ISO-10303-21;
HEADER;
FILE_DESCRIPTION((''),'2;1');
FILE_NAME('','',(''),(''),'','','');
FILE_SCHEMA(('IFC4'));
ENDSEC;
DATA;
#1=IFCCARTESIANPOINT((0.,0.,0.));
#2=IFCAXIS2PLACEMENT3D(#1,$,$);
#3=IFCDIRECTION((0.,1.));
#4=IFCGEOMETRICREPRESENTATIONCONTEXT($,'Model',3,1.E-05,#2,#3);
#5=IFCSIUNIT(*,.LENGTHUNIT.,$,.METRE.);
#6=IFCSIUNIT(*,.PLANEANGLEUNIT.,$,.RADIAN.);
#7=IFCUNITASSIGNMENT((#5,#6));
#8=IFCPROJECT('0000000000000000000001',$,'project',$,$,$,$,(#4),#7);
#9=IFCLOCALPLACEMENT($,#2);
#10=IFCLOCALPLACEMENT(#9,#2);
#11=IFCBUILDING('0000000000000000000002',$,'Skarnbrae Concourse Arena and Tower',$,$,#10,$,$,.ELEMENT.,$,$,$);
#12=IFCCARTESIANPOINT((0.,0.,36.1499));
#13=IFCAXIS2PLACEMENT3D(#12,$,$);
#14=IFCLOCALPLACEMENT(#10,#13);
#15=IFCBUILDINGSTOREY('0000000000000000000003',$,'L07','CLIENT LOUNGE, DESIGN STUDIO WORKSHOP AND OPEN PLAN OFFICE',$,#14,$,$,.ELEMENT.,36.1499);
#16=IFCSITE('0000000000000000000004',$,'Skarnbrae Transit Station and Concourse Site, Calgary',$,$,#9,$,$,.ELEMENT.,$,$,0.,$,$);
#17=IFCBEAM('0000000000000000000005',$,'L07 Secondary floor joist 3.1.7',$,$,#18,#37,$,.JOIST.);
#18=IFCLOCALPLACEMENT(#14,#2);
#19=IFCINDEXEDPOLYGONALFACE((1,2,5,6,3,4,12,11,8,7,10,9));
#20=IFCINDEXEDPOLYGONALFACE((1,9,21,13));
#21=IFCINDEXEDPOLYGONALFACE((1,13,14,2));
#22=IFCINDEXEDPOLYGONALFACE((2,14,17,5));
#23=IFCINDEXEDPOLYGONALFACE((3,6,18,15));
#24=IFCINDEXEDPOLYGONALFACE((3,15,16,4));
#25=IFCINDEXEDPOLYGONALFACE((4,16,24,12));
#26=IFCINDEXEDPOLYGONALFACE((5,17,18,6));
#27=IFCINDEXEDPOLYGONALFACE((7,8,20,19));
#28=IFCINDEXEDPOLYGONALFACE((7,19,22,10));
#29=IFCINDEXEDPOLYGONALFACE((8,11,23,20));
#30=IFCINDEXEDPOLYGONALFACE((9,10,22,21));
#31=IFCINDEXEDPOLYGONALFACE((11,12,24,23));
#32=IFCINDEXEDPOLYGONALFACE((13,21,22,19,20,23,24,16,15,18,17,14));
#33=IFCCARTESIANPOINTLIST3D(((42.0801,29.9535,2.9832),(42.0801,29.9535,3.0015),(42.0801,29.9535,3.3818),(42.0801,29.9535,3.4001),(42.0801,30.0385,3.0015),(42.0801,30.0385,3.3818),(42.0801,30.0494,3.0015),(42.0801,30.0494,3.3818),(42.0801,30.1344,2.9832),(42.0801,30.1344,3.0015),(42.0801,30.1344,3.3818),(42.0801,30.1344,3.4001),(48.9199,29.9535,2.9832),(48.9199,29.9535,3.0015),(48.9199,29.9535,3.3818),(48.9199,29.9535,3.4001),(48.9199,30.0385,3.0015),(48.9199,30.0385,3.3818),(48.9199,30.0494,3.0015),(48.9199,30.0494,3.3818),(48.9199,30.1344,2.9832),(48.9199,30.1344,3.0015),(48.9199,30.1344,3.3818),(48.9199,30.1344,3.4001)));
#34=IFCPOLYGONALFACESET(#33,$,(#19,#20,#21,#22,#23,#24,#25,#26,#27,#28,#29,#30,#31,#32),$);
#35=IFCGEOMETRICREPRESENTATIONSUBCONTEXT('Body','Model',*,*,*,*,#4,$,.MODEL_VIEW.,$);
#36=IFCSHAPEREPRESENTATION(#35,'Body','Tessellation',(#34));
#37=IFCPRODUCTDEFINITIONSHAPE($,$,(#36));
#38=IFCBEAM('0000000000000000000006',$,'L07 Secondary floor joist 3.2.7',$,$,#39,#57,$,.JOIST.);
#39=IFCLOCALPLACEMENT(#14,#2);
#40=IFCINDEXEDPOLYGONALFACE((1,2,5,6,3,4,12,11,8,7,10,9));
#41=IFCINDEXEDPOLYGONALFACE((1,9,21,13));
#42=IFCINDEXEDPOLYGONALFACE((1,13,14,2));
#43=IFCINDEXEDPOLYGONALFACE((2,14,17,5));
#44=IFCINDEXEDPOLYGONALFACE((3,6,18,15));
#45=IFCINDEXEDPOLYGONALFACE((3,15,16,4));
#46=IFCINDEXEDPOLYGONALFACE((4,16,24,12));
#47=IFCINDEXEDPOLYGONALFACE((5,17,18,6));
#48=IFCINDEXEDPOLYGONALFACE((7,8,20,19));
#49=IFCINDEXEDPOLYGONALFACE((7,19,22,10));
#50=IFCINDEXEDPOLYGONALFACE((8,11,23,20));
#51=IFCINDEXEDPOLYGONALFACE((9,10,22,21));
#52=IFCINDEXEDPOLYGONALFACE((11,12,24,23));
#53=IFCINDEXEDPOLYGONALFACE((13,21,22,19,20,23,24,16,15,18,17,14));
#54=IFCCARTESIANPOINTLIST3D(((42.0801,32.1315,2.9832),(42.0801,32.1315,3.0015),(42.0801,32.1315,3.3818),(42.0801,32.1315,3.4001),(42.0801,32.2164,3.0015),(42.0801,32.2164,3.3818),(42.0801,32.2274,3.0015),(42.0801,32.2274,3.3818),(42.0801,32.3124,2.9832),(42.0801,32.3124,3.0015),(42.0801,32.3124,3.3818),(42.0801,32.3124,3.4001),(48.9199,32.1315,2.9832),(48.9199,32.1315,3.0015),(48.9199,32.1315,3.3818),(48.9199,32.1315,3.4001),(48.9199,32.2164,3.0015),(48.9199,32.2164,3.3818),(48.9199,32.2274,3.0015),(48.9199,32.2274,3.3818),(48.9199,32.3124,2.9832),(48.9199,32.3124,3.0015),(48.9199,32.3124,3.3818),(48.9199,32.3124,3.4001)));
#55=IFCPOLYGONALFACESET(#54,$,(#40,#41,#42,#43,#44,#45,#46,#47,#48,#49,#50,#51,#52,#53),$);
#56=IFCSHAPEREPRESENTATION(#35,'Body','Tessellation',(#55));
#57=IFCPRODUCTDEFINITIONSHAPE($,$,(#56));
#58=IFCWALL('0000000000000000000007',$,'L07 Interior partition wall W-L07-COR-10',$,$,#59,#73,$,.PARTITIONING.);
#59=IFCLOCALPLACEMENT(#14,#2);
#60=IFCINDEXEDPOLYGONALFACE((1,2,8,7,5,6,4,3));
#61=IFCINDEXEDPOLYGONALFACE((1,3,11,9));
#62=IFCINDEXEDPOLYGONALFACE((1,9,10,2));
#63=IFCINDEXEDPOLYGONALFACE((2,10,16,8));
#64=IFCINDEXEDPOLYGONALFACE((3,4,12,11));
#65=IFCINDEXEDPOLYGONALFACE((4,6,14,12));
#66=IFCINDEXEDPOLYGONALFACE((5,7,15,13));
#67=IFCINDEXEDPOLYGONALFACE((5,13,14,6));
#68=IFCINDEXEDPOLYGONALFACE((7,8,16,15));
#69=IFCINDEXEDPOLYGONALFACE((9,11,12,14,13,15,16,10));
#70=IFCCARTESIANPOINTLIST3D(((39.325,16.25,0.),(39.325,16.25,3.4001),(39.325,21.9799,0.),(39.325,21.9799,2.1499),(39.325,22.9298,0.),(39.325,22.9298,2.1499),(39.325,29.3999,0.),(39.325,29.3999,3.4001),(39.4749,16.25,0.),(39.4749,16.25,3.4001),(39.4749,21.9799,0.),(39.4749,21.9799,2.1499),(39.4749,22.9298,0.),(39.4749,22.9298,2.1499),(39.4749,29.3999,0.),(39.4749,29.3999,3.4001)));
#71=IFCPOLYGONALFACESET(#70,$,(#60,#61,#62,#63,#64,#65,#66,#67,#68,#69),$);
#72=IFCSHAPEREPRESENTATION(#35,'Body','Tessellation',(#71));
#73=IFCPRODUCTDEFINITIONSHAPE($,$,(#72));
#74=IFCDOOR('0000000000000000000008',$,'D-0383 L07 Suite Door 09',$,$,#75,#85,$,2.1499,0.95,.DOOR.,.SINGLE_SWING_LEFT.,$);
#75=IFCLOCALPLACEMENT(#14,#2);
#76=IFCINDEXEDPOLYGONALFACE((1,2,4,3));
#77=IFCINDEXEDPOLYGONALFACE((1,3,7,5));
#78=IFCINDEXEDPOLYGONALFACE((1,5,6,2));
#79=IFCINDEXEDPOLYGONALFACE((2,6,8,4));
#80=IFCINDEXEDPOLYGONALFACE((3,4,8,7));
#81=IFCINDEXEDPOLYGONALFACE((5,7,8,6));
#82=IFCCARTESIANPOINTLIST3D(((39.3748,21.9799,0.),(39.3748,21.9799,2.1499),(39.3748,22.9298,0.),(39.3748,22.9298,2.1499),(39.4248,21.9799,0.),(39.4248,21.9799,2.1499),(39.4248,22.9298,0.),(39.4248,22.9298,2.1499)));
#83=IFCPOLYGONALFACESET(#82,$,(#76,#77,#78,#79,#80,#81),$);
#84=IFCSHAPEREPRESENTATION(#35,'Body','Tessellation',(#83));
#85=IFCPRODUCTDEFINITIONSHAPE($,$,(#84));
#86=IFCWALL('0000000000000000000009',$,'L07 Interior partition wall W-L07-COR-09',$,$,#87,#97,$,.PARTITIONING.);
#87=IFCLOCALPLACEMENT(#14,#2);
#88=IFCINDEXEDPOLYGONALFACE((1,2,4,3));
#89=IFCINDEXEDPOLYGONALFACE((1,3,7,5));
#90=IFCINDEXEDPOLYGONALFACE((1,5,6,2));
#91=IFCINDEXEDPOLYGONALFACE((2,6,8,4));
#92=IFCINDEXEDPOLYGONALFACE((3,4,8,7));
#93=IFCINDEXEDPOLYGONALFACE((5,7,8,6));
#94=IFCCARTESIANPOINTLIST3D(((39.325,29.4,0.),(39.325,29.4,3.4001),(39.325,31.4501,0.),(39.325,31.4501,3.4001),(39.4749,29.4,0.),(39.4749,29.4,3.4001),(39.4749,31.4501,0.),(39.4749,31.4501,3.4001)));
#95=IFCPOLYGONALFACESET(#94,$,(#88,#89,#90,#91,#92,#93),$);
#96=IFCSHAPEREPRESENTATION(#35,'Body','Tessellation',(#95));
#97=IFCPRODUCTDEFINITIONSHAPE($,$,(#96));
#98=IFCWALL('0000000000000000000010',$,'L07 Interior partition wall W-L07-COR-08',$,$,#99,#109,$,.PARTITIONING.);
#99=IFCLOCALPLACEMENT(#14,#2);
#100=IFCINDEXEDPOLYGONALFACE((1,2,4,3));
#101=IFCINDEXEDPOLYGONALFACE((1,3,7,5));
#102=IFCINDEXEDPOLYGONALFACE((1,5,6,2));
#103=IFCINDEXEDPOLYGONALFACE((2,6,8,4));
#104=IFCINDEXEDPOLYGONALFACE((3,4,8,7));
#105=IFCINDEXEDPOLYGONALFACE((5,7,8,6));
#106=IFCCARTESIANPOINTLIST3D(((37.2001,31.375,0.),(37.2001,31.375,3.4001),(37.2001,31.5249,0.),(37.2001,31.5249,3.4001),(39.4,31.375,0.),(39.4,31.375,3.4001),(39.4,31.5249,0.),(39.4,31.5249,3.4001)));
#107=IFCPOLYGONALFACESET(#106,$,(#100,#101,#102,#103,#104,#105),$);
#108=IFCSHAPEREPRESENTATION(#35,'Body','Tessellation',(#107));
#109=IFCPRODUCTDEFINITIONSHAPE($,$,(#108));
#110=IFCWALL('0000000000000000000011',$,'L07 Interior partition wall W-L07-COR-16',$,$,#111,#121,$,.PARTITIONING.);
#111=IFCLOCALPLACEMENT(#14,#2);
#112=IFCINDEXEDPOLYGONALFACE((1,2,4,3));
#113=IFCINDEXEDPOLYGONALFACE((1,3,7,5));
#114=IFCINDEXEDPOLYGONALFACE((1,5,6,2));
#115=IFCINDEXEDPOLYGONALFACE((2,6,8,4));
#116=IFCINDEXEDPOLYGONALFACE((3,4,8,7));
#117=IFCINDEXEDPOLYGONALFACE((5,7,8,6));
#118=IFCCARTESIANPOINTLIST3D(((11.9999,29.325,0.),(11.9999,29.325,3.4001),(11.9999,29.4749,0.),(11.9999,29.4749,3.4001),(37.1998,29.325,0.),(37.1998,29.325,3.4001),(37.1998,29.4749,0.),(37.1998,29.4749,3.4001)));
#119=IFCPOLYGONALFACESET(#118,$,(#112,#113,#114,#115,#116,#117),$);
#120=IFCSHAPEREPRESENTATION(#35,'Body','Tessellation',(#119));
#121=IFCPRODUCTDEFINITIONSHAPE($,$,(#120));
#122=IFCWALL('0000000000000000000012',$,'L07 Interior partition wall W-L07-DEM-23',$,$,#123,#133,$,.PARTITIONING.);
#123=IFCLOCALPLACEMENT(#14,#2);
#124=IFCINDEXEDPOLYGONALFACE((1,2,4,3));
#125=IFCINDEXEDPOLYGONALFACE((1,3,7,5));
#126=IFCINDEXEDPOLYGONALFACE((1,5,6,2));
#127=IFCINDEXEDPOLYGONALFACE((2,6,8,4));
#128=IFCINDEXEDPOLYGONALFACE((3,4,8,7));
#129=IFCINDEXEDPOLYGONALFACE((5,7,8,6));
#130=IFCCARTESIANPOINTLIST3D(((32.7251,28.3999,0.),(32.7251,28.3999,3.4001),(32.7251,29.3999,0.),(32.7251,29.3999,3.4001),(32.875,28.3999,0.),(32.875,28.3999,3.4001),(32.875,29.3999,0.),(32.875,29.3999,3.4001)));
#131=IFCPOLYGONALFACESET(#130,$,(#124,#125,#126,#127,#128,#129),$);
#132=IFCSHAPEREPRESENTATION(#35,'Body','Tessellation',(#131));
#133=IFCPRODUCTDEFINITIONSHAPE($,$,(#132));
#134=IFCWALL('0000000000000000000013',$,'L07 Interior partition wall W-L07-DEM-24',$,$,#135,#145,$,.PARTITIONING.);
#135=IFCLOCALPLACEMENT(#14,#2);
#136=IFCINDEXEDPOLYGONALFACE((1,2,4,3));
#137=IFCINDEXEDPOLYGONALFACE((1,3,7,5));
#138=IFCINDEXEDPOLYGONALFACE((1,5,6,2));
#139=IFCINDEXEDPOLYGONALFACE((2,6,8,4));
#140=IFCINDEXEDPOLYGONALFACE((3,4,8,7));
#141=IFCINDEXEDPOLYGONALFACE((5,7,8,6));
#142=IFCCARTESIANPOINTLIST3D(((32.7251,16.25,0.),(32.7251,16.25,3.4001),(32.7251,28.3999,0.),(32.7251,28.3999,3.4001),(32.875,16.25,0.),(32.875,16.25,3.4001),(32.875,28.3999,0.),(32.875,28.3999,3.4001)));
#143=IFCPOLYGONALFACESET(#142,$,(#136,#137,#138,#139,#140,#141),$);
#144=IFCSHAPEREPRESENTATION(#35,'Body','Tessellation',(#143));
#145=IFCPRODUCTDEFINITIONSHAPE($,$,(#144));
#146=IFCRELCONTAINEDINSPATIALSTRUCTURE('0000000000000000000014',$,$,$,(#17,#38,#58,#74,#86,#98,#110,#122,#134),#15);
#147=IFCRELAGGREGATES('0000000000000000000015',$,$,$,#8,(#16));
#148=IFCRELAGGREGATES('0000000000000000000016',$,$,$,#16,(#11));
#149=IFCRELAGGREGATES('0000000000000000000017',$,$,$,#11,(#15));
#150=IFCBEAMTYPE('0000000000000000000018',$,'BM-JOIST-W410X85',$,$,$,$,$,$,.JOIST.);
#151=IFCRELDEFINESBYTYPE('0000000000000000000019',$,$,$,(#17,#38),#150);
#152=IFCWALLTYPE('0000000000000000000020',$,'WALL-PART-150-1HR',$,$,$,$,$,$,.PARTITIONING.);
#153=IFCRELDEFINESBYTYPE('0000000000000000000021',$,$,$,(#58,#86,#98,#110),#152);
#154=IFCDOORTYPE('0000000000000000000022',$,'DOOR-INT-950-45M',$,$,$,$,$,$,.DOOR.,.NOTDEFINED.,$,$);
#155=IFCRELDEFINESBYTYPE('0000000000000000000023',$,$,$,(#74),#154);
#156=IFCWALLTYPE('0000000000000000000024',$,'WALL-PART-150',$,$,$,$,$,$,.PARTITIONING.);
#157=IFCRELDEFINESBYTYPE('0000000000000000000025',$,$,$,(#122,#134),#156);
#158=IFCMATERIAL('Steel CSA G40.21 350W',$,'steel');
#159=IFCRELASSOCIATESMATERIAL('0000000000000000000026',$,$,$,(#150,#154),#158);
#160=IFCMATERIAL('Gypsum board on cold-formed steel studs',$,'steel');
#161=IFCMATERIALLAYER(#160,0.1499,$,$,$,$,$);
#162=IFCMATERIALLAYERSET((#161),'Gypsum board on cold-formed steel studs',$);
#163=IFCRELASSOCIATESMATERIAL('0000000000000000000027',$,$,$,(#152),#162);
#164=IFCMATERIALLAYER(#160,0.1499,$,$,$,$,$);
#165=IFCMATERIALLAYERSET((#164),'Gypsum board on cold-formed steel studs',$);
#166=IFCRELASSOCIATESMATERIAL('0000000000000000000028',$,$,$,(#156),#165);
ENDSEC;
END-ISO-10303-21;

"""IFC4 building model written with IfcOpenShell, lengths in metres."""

from ifc_helpers import new_model, si_unit, direction, frame, frame_2d, origin, origin_2d, place, context, subcontext, project, spatial, rectangle, i_section, extrude, source, transform, mapped, material, layer, layer_set, material_profile, profile_set, type_object, element, fill, save


model = new_model("IFC4")

# Units and contexts
model_context = context("Model", 3, precision=1e-05, world=origin(), true_north=direction((0.0, 1.0)))
body_context = subcontext(model_context, "Body", "Model", "MODEL_VIEW")
ifc_project = project(units=[si_unit("LENGTHUNIT", "METRE"), si_unit("PLANEANGLEUNIT", "RADIAN")], contexts=[model_context])

# Site, building, storey
site_placement = place(None, origin())
site = spatial("IfcSite", under=ifc_project, at=site_placement, Name="Skarnbrae Transit Station and Concourse Site, Calgary", CompositionType="ELEMENT", RefElevation=0.0)
building_placement = place(site_placement, origin())
building = spatial("IfcBuilding", under=site, at=building_placement, Name="Skarnbrae Concourse Arena and Tower", CompositionType="ELEMENT")
storey_placement = place(building_placement, frame((0.0, 0.0, 36.1499)))
storey = spatial("IfcBuildingStorey", under=building, at=storey_placement, Name="L07", Description="CLIENT LOUNGE, DESIGN STUDIO WORKSHOP AND OPEN PLAN OFFICE", CompositionType="ELEMENT", Elevation=36.1499)

# Shared definitions
ifc_material_1 = material(Name="Steel CSA G40.21 350W", Category="steel")

# Beams
ifc_material_profile_1 = material_profile(ifc_material_1, i_section(OverallWidth=0.1809, OverallDepth=0.417, WebThickness=0.011, FlangeThickness=0.0183, at=origin_2d()), Name="W410X85")
ifc_profile_set_1 = profile_set([ifc_material_profile_1], Name="Steel CSA G40.21 350W")
beam_type_1 = type_object("IfcBeamType", Name="BM-JOIST-W410X85", PredefinedType="JOIST", material=ifc_profile_set_1)
shared_shape_1 = source(origin(), body_context, "Body", "SweptSolid", [
    extrude(i_section(OverallWidth=0.1809, OverallDepth=0.417, WebThickness=0.011, FlangeThickness=0.0183, at=origin_2d()), origin(), (0.0, 0.0, 1.0), 6.8398),
])
for number, where, z_axis, x_axis, name in (
    (1, (42.0801, 30.0439, 3.1917), (1.0, 0.0, 0.0), (0.0, 1.0, 0.0), "L07 Secondary floor joist 3.1.7"),
    (2, (42.0801, 32.2219, 3.1917), (1.0, 0.0, 0.0), (0.0, 1.0, 0.0), "L07 Secondary floor joist 3.2.7"),
):
    element("IfcBeam", number, at=place(storey_placement, frame(where, z_axis=z_axis, x_axis=x_axis)), inside=storey, type_object=beam_type_1, Name=name, PredefinedType="JOIST", context=body_context, shape_type="MappedRepresentation", body=[
        mapped(shared_shape_1, transform((0.0, 0.0, 0.0))),
    ])

# Wall, opening, door
ifc_material_2 = material(Name="Gypsum board on cold-formed steel studs", Category="steel")
ifc_layer_1 = layer(ifc_material_2, 0.1499)
ifc_layer_set_1 = layer_set([ifc_layer_1], Name="Gypsum board on cold-formed steel studs")
wall_type_1 = type_object("IfcWallType", Name="WALL-PART-150-1HR", PredefinedType="PARTITIONING", material=ifc_layer_set_1)
shared_shape_2 = source(origin(), body_context, "Body", "SweptSolid", [
    extrude(rectangle(XDim=13.1499, YDim=0.1499, at=frame_2d((6.575, 0.0))), origin(), (0.0, 0.0, 1.0), 3.4001),
])
wall_1_placement = place(storey_placement, frame((39.3999, 29.3999, 0.0), z_axis=(0.0, 0.0, 1.0), x_axis=(0.0, -1.0, 0.0)))
wall_1 = element("IfcWall", 3, at=wall_1_placement, inside=storey, type_object=wall_type_1, Name="L07 Interior partition wall W-L07-COR-10", PredefinedType="PARTITIONING", context=body_context, shape_type="MappedRepresentation", body=[
    mapped(shared_shape_2, transform((0.0, 0.0, 0.0))),
])
opening_placement = place(wall_1_placement, frame((6.47, 0.0, 0.0)))
opening = element("IfcOpeningElement", 4, at=opening_placement, cuts=wall_1, PredefinedType="OPENING", context=body_context, shape_type="SweptSolid", body=[
    extrude(rectangle(XDim=0.95, YDim=2.1499, at=frame_2d((0.4751, 1.075))), frame((0.0, 0.085, 0.0), z_axis=(0.0, -1.0, 0.0), x_axis=(1.0, 0.0, 0.0)), (0.0, 0.0, 1.0), 0.1699),
])
door_type = type_object("IfcDoorType", Name="DOOR-INT-950-45M", OperationType="NOTDEFINED", PredefinedType="DOOR", material=ifc_material_1)
shared_shape_3 = source(origin(), body_context, "Body", "SweptSolid", [
    extrude(rectangle(XDim=0.95, YDim=2.1499, at=frame_2d((0.4751, 1.075))), frame((0.0, 0.0249, 0.0), z_axis=(0.0, -1.0, 0.0), x_axis=(1.0, 0.0, 0.0)), (0.0, 0.0, 1.0), 0.05),
])
door_placement = place(opening_placement, origin())
door = element("IfcDoor", 5, at=door_placement, inside=storey, type_object=door_type, Name="D-0383 L07 Suite Door 09", OperationType="SINGLE_SWING_LEFT", OverallHeight=2.1499, OverallWidth=0.95, PredefinedType="DOOR", context=body_context, shape_type="MappedRepresentation", body=[
    mapped(shared_shape_3, transform((0.0, 0.0, 0.0))),
])
fill(opening, door)

# Walls
shared_shape_4 = source(origin(), body_context, "Body", "SweptSolid", [
    extrude(rectangle(XDim=2.05, YDim=0.1499, at=frame_2d((1.0249, 0.0))), origin(), (0.0, 0.0, 1.0), 3.4001),
])
wall_2_placement = place(storey_placement, frame((39.3999, 31.45, 0.0), z_axis=(0.0, 0.0, 1.0), x_axis=(0.0, -1.0, 0.0)))
element("IfcWall", 6, at=wall_2_placement, inside=storey, type_object=wall_type_1, Name="L07 Interior partition wall W-L07-COR-09", PredefinedType="PARTITIONING", context=body_context, shape_type="MappedRepresentation", body=[
    mapped(shared_shape_4, transform((0.0, 0.0, 0.0))),
])
shared_shape_5 = source(origin(), body_context, "Body", "SweptSolid", [
    extrude(rectangle(XDim=2.2, YDim=0.1499, at=frame_2d((1.1001, 0.0))), origin(), (0.0, 0.0, 1.0), 3.4001),
])
wall_3_placement = place(storey_placement, frame((37.2, 31.45, 0.0), z_axis=(0.0, 0.0, 1.0), x_axis=(1.0, 0.0, 0.0)))
element("IfcWall", 7, at=wall_3_placement, inside=storey, type_object=wall_type_1, Name="L07 Interior partition wall W-L07-COR-08", PredefinedType="PARTITIONING", context=body_context, shape_type="MappedRepresentation", body=[
    mapped(shared_shape_5, transform((0.0, 0.0, 0.0))),
])
shared_shape_6 = source(origin(), body_context, "Body", "SweptSolid", [
    extrude(rectangle(XDim=25.2, YDim=0.1499, at=frame_2d((12.6001, 0.0))), origin(), (0.0, 0.0, 1.0), 3.4001),
])
wall_4_placement = place(storey_placement, frame((37.2, 29.3999, 0.0), z_axis=(0.0, 0.0, 1.0), x_axis=(-1.0, 0.0, 0.0)))
element("IfcWall", 8, at=wall_4_placement, inside=storey, type_object=wall_type_1, Name="L07 Interior partition wall W-L07-COR-16", PredefinedType="PARTITIONING", context=body_context, shape_type="MappedRepresentation", body=[
    mapped(shared_shape_6, transform((0.0, 0.0, 0.0))),
])
ifc_layer_2 = layer(ifc_material_2, 0.1499)
ifc_layer_set_2 = layer_set([ifc_layer_2], Name="Gypsum board on cold-formed steel studs")
wall_type_2 = type_object("IfcWallType", Name="WALL-PART-150", PredefinedType="PARTITIONING", material=ifc_layer_set_2)
shared_shape_7 = source(origin(), body_context, "Body", "SweptSolid", [
    extrude(rectangle(XDim=1.0, YDim=0.1499, at=frame_2d((0.5, 0.0))), origin(), (0.0, 0.0, 1.0), 3.4001),
])
wall_5_placement = place(storey_placement, frame((32.8, 29.3999, 0.0), z_axis=(0.0, 0.0, 1.0), x_axis=(0.0, -1.0, 0.0)))
element("IfcWall", 9, at=wall_5_placement, inside=storey, type_object=wall_type_2, Name="L07 Interior partition wall W-L07-DEM-23", PredefinedType="PARTITIONING", context=body_context, shape_type="MappedRepresentation", body=[
    mapped(shared_shape_7, transform((0.0, 0.0, 0.0))),
])
shared_shape_8 = source(origin(), body_context, "Body", "SweptSolid", [
    extrude(rectangle(XDim=12.1499, YDim=0.1499, at=frame_2d((6.075, 0.0))), origin(), (0.0, 0.0, 1.0), 3.4001),
])
wall_6_placement = place(storey_placement, frame((32.8, 28.3999, 0.0), z_axis=(0.0, 0.0, 1.0), x_axis=(0.0, -1.0, 0.0)))
element("IfcWall", 10, at=wall_6_placement, inside=storey, type_object=wall_type_2, Name="L07 Interior partition wall W-L07-DEM-24", PredefinedType="PARTITIONING", context=body_context, shape_type="MappedRepresentation", body=[
    mapped(shared_shape_8, transform((0.0, 0.0, 0.0))),
])

save(model, "model.ifc")
